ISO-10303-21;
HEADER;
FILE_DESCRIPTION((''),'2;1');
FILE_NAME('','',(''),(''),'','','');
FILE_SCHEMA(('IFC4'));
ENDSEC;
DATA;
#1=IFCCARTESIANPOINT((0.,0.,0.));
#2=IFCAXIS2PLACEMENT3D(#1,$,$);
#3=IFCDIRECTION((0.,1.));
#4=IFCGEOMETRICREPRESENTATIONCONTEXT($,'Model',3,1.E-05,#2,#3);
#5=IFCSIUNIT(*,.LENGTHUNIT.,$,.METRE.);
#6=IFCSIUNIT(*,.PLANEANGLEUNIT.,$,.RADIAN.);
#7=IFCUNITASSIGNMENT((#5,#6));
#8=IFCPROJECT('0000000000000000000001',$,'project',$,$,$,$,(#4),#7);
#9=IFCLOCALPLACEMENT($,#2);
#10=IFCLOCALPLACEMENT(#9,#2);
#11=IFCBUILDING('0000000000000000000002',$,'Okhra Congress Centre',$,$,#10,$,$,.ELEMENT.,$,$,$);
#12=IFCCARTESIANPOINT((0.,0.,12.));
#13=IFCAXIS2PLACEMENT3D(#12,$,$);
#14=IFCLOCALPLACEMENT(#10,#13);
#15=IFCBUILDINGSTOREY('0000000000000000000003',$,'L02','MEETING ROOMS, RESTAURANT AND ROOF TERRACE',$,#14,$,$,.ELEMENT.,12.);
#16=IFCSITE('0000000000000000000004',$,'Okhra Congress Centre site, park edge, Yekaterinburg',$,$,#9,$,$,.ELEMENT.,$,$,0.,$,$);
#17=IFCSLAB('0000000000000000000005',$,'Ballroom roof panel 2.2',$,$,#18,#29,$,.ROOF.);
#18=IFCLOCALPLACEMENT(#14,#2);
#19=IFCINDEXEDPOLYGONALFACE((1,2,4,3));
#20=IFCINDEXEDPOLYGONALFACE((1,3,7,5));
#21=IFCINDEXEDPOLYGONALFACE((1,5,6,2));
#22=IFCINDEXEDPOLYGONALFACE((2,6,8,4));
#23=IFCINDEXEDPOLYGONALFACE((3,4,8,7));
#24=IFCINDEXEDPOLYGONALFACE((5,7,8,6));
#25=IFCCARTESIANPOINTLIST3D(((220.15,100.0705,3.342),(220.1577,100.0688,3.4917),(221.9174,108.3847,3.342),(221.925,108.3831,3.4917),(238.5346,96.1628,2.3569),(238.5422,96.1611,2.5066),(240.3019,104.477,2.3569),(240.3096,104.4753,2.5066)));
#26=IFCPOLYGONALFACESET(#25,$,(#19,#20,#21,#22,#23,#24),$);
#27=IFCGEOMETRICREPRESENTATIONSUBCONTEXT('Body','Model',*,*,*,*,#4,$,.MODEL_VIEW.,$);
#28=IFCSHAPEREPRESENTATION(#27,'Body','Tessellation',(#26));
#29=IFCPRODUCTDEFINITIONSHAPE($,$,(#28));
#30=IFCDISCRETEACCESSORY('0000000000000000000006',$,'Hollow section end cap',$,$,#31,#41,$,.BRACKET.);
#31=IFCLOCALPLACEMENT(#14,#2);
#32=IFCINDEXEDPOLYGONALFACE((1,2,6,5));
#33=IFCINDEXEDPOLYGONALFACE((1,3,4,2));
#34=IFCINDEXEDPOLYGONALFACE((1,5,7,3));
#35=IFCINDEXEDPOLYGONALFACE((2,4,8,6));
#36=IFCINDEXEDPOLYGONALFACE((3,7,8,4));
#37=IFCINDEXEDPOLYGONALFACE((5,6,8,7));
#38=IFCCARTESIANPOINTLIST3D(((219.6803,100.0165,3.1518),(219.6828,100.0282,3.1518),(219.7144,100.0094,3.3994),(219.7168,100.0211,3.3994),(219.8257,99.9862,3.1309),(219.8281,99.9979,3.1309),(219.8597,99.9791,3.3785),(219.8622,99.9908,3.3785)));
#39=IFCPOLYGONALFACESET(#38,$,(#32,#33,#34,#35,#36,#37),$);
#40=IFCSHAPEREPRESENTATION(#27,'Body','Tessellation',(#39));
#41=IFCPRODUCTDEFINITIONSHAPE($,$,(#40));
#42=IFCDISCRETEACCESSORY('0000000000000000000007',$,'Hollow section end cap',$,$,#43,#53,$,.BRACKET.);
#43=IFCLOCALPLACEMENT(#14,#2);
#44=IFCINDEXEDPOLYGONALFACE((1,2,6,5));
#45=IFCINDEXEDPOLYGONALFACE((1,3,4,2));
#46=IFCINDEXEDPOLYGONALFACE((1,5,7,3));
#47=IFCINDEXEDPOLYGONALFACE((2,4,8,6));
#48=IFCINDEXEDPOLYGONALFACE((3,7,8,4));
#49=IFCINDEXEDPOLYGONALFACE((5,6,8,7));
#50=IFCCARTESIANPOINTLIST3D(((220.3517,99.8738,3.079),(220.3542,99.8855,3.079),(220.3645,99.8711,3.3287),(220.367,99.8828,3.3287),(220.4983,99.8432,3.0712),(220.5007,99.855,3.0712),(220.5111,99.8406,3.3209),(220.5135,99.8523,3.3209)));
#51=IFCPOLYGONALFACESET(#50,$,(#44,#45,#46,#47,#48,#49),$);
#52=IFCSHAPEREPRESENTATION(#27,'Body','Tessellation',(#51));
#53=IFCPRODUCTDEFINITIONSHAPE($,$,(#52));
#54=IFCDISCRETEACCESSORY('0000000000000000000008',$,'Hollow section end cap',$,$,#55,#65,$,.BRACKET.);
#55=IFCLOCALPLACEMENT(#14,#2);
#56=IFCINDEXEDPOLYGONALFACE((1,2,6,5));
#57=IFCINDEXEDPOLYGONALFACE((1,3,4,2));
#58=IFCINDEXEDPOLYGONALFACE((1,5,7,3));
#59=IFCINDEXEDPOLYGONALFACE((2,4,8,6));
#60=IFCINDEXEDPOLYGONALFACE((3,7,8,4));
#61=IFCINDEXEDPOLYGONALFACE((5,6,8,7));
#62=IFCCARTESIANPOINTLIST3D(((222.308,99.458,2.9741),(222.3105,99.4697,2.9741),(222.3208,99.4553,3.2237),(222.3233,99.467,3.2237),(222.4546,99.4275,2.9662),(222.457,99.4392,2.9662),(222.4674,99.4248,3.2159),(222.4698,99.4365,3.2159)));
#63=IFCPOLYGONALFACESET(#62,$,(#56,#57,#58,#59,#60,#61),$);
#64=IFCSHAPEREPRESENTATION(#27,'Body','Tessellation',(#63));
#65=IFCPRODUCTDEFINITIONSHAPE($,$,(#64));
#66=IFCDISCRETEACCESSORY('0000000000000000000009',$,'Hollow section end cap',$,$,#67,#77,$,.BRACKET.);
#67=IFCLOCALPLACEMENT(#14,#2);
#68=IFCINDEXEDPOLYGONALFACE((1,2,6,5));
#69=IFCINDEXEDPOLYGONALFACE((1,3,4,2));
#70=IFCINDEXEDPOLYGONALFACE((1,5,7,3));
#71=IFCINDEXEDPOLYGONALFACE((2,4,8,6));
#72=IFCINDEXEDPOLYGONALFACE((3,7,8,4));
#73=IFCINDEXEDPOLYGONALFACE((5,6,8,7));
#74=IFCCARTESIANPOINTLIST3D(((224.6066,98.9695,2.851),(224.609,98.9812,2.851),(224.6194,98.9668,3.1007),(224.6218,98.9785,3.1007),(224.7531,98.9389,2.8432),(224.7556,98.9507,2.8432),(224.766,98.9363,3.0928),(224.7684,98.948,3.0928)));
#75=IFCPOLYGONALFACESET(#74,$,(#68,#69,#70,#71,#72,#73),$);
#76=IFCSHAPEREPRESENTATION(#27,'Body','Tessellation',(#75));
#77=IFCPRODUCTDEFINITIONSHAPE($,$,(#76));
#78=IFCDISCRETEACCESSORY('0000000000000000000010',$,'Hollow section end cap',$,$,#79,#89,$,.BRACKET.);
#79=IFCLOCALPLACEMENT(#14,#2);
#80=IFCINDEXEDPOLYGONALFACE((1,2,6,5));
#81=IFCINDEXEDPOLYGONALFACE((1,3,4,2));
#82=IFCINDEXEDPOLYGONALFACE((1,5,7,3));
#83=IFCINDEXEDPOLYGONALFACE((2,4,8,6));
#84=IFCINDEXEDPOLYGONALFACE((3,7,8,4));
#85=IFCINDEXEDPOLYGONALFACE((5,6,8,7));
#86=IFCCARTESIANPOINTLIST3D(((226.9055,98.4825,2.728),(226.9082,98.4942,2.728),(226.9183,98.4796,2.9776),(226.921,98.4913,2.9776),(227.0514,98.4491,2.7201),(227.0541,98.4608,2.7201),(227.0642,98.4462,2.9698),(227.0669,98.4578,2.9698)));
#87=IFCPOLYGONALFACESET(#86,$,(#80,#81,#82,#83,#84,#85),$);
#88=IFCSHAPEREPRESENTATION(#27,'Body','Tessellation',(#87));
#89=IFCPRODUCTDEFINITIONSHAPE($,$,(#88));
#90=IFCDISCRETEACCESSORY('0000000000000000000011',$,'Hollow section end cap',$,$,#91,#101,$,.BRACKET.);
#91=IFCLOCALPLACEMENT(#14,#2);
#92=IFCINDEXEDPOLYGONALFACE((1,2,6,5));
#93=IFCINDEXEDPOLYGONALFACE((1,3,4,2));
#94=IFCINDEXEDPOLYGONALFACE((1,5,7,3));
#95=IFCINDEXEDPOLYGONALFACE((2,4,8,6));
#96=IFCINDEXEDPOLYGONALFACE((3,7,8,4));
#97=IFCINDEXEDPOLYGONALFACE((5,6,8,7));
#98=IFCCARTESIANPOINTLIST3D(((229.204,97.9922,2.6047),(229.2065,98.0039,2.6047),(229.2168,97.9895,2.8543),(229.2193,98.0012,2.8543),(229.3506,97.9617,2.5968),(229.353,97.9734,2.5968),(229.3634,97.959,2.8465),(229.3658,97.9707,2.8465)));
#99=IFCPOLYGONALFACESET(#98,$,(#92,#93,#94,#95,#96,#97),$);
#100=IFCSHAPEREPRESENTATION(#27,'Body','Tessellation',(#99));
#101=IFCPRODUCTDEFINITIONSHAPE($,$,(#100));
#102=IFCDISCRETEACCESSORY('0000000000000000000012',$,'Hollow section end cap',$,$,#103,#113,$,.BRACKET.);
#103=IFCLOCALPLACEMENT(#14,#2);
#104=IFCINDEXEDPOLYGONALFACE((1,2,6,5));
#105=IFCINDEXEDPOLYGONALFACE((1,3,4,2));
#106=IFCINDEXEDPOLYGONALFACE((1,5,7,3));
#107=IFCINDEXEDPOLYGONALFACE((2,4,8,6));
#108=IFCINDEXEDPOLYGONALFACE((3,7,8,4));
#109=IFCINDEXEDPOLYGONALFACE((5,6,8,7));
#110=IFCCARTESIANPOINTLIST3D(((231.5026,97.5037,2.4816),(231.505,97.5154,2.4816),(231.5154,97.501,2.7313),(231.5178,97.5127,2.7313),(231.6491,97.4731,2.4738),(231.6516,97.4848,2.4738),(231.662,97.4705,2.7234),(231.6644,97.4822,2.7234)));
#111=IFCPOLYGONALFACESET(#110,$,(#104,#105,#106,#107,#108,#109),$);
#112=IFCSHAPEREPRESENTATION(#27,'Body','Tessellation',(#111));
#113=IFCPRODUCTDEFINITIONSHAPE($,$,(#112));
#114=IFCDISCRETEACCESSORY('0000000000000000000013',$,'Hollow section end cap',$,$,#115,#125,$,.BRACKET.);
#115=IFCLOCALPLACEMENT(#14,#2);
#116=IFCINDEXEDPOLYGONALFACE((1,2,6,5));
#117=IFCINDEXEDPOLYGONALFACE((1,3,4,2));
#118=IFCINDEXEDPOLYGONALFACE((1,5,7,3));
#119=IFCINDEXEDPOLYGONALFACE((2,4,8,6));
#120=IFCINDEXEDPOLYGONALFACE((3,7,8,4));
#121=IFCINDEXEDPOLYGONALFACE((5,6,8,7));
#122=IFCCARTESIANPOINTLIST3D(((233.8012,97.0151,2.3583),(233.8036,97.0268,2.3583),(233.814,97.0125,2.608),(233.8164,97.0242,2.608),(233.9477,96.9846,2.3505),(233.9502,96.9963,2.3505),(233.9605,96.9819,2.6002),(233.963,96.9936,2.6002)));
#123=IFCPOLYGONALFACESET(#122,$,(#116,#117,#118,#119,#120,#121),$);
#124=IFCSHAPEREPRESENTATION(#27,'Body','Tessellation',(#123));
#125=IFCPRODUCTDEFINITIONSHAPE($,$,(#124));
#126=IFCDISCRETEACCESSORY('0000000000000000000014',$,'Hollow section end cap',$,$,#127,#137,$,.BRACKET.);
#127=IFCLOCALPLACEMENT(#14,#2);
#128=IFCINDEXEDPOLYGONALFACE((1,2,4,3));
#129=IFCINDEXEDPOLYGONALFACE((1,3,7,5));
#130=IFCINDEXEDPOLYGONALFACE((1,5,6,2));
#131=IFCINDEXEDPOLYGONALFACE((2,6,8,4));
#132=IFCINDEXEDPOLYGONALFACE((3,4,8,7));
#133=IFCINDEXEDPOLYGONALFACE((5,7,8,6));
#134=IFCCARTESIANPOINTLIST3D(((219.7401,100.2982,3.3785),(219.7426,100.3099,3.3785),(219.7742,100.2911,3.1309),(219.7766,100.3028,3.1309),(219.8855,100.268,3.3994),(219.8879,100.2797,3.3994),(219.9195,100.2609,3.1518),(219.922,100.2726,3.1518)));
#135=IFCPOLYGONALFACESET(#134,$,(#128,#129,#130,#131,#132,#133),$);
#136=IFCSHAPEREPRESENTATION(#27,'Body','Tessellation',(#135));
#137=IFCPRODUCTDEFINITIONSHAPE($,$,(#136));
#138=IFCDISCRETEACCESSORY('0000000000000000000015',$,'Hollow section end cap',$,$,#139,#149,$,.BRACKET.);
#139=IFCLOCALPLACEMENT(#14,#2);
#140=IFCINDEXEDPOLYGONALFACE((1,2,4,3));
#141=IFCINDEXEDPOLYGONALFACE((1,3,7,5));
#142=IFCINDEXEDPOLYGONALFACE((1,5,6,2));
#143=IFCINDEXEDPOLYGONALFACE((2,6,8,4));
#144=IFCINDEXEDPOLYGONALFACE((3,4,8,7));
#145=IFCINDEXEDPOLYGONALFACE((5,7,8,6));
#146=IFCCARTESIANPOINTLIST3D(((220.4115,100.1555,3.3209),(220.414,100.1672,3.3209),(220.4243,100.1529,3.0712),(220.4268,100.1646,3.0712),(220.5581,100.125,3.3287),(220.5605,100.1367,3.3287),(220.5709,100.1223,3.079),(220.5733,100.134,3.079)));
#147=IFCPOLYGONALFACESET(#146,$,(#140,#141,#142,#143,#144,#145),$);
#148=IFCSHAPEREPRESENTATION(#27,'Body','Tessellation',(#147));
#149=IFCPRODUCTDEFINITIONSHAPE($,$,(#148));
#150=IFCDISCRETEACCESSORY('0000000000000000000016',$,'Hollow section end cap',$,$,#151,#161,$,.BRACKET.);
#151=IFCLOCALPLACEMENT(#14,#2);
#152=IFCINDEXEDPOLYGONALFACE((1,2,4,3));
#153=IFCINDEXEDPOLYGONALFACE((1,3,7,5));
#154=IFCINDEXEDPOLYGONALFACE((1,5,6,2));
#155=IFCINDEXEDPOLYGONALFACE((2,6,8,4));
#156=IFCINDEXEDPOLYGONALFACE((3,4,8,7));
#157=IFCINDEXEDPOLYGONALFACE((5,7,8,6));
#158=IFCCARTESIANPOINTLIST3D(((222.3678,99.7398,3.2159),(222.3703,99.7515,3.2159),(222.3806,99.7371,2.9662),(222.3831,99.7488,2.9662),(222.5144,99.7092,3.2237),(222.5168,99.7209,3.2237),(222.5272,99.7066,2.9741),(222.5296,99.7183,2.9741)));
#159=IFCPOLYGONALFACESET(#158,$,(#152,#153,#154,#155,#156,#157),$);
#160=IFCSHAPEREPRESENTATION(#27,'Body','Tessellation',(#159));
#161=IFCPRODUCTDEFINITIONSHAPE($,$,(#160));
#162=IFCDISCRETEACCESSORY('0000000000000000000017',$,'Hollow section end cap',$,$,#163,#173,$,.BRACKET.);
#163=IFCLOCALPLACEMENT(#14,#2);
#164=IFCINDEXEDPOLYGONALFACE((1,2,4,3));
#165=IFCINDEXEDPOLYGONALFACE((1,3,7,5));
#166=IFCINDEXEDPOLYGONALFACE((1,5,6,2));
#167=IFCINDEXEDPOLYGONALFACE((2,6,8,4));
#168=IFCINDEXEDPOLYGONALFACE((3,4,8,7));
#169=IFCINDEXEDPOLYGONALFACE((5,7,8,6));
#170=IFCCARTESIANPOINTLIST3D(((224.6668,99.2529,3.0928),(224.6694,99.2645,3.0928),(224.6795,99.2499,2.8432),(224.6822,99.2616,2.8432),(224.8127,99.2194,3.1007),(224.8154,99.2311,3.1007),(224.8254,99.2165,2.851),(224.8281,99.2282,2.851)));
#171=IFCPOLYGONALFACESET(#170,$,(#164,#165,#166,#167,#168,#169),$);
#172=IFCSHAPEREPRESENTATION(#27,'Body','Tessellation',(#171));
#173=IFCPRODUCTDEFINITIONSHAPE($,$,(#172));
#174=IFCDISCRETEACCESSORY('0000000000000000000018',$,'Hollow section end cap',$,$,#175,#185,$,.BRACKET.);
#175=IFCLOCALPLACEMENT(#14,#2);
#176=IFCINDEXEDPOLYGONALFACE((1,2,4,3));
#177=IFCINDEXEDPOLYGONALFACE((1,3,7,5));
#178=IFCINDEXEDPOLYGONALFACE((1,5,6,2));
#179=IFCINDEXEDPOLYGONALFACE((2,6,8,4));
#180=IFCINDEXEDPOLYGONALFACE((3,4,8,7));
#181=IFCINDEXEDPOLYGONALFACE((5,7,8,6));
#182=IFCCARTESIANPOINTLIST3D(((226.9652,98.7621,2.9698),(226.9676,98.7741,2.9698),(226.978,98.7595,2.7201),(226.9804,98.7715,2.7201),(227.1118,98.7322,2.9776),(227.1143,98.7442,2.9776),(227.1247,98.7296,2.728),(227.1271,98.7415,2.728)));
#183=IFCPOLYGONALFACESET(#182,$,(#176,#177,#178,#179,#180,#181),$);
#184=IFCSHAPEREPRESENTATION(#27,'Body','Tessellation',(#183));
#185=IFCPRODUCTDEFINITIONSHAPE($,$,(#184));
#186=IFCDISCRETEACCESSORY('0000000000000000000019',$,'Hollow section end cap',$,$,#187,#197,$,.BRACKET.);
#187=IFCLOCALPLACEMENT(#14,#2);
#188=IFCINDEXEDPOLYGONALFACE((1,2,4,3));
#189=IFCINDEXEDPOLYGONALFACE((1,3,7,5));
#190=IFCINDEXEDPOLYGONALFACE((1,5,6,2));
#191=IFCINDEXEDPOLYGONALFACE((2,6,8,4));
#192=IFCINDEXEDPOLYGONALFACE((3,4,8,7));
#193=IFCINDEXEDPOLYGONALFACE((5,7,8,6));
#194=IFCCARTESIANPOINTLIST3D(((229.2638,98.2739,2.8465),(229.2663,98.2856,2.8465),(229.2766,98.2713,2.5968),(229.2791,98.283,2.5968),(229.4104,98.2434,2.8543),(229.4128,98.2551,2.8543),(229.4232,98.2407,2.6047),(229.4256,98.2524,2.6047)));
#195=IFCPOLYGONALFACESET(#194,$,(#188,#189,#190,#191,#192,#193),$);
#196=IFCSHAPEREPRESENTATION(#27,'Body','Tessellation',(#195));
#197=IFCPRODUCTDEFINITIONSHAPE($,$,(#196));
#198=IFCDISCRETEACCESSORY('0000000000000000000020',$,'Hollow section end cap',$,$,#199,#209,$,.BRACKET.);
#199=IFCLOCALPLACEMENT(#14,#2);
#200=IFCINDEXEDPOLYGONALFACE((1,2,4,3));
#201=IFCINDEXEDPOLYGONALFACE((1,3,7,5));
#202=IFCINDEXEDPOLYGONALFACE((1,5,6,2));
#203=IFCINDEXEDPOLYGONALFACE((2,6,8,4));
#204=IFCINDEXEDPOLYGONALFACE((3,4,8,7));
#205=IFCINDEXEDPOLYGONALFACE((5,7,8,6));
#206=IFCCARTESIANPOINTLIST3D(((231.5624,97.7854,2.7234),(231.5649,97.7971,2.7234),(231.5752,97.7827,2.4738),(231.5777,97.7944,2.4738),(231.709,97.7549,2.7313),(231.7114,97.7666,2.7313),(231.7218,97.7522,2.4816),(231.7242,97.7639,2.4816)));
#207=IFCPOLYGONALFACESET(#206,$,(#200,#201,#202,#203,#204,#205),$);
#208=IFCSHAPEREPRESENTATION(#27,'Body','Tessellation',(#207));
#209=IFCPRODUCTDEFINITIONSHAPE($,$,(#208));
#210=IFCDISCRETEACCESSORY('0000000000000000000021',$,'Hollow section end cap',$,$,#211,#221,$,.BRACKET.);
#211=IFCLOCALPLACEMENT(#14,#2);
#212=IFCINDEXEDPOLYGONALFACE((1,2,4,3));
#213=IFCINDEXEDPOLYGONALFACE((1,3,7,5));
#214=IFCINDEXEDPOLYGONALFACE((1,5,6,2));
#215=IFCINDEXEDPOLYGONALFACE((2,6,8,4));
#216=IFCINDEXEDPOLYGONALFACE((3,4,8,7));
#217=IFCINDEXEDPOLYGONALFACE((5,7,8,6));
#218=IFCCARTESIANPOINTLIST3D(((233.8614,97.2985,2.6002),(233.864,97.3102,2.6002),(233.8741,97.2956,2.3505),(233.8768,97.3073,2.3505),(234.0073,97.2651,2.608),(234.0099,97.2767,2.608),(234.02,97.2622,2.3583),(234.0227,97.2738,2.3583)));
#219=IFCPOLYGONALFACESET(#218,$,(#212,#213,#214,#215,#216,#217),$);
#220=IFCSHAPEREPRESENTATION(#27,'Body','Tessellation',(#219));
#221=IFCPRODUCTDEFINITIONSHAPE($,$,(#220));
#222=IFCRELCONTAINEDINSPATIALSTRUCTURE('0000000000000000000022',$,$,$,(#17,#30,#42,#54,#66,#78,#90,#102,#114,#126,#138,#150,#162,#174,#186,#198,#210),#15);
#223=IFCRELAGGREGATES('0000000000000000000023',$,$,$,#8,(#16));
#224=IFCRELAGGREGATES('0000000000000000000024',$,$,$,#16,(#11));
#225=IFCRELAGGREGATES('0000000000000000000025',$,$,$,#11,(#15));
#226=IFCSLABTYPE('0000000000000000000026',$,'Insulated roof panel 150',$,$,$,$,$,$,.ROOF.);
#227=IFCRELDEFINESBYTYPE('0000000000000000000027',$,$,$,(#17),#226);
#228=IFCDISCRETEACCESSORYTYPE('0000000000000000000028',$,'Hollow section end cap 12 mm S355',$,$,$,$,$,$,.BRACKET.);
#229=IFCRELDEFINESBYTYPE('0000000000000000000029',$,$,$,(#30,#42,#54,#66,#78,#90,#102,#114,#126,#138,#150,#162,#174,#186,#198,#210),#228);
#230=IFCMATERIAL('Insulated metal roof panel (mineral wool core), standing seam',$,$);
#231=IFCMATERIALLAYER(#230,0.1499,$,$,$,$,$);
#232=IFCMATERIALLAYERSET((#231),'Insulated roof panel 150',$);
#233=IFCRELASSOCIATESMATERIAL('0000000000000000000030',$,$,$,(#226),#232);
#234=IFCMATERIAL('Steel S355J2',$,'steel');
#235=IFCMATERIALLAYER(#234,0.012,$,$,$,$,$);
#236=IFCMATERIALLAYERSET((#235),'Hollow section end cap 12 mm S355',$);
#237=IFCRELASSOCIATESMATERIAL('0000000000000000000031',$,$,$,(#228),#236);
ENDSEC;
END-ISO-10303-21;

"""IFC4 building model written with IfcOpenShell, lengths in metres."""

from ifc_helpers import new_model, si_unit, direction, frame, origin, origin_2d, place, context, subcontext, project, spatial, polyline, rectangle, outline, extrude, material, layer, layer_set, type_object, element, save


model = new_model("IFC4")

# Units and contexts
model_context = context("Model", 3, precision=1e-05, world=origin(), true_north=direction((0.0, 1.0)))
body_context = subcontext(model_context, "Body", "Model", "MODEL_VIEW")
ifc_project = project(units=[si_unit("LENGTHUNIT", "METRE"), si_unit("PLANEANGLEUNIT", "RADIAN")], contexts=[model_context])

# Site, building, storey
site_placement = place(None, origin())
site = spatial("IfcSite", under=ifc_project, at=site_placement, Name="Okhra Congress Centre site, park edge, Yekaterinburg", CompositionType="ELEMENT", RefElevation=0.0)
building_placement = place(site_placement, origin())
building = spatial("IfcBuilding", under=site, at=building_placement, Name="Okhra Congress Centre", CompositionType="ELEMENT")
storey_placement = place(building_placement, frame((0.0, 0.0, 12.0)))
storey = spatial("IfcBuildingStorey", under=building, at=storey_placement, Name="L02", Description="MEETING ROOMS, RESTAURANT AND ROOF TERRACE", CompositionType="ELEMENT", Elevation=12.0)

# Shared definitions
ifc_material_1 = material(Name="Steel S355J2", Category="steel")

# Slab
ifc_material_2 = material(Name="Insulated metal roof panel (mineral wool core), standing seam")
ifc_layer_1 = layer(ifc_material_2, 0.1499)
ifc_layer_set_1 = layer_set([ifc_layer_1], Name="Insulated roof panel 150")
slab_type = type_object("IfcSlabType", Name="Insulated roof panel 150", PredefinedType="ROOF", material=ifc_layer_set_1)
slab_placement = place(storey_placement, frame((220.1577, 100.0688, 3.4917), z_axis=(0.051197, -0.010883, 0.998629), x_axis=(0.976807, -0.207625, -0.052341)))
element("IfcSlab", 1, at=slab_placement, inside=storey, type_object=slab_type, Name="Ballroom roof panel 2.2", PredefinedType="ROOF", context=body_context, shape_type="SweptSolid", body=[
    extrude(outline(polyline([(0.0, 0.0), (18.821, 0.0), (18.8211, 8.5), (0.0001, 8.5), (0.0, 0.0)])), origin(), (0.0, 0.0, -1.0), 0.1499),
])

# Discrete accessories
ifc_layer_2 = layer(ifc_material_1, 0.012)
ifc_layer_set_2 = layer_set([ifc_layer_2], Name="Hollow section end cap 12 mm S355")
discrete_accessory_type = type_object("IfcDiscreteAccessoryType", Name="Hollow section end cap 12 mm S355", PredefinedType="BRACKET", material=ifc_layer_set_2)
for number, where, z_axis, x_axis, name in (
    (2, (219.77, 99.9978, 3.2651), (0.203954, 0.97898, 0.0), (-0.969453, 0.201969, 0.139173), "Hollow section end cap"),
    (3, (220.4314, 99.8572, 3.2), (0.203954, 0.97898, 0.0), (-0.977639, 0.203675, 0.052336), "Hollow section end cap"),
    (4, (222.3877, 99.4414, 3.095), (0.203954, 0.97898, 0.0), (-0.977639, 0.203675, 0.052336), "Hollow section end cap"),
    (5, (224.6863, 98.9529, 2.9719), (0.203954, 0.97898, 0.0), (-0.977639, 0.203675, 0.052336), "Hollow section end cap"),
    (6, (226.9849, 98.4644, 2.8489), (0.223376, 0.974732, 0.0), (-0.973396, 0.22307, 0.052336), "Hollow section end cap"),
    (7, (229.2837, 97.9756, 2.7256), (0.203954, 0.97898, 0.0), (-0.977639, 0.203675, 0.052336), "Hollow section end cap"),
    (8, (231.5823, 97.4871, 2.6025), (0.203954, 0.97898, 0.0), (-0.977639, 0.203675, 0.052336), "Hollow section end cap"),
    (9, (233.8809, 96.9985, 2.4792), (0.203954, 0.97898, 0.0), (-0.977639, 0.203675, 0.052336), "Hollow section end cap"),
    (10, (219.8323, 100.2913, 3.2651), (-0.203954, -0.97898, 0.0), (0.969453, -0.201969, 0.139173), "Hollow section end cap"),
    (11, (220.4937, 100.1506, 3.2), (-0.203954, -0.97898, 0.0), (0.977639, -0.203675, 0.052336), "Hollow section end cap"),
    (12, (222.45, 99.7349, 3.095), (-0.203954, -0.97898, 0.0), (0.977639, -0.203675, 0.052336), "Hollow section end cap"),
    (13, (224.7488, 99.2463, 2.9719), (-0.223376, -0.974732, 0.0), (0.973396, -0.22307, 0.052336), "Hollow section end cap"),
):
    element("IfcDiscreteAccessory", number, at=place(storey_placement, frame(where, z_axis=z_axis, x_axis=x_axis)), inside=storey, type_object=discrete_accessory_type, Name=name, PredefinedType="BRACKET", context=body_context, shape_type="SweptSolid", body=[
        extrude(rectangle(XDim=0.1499, YDim=0.25, at=origin_2d()), origin(), (0.0, 0.0, 1.0), 0.012),
    ])
discrete_accessory_placement = place(storey_placement, frame((227.0474, 98.7578, 2.8489), z_axis=(-0.19996, -0.979804, 0.0), x_axis=(0.978461, -0.199686, 0.052336)))
element("IfcDiscreteAccessory", 14, at=discrete_accessory_placement, inside=storey, type_object=discrete_accessory_type, Name="Hollow section end cap", PredefinedType="BRACKET", context=body_context, shape_type="SweptSolid", body=[
    extrude(rectangle(XDim=0.1499, YDim=0.25, at=origin_2d()), origin(), (0.0, 0.0, 1.0), 0.0122),
])
for number, where, z_axis, x_axis, name in (
    (15, (229.3459, 98.269, 2.7256), (-0.203954, -0.97898, 0.0), (0.977639, -0.203675, 0.052336), "Hollow section end cap"),
    (16, (231.6445, 97.7805, 2.6025), (-0.203954, -0.97898, 0.0), (0.977639, -0.203675, 0.052336), "Hollow section end cap"),
    (17, (233.9434, 97.292, 2.4792), (-0.223376, -0.974732, 0.0), (0.973396, -0.22307, 0.052336), "Hollow section end cap"),
):
    element("IfcDiscreteAccessory", number, at=place(storey_placement, frame(where, z_axis=z_axis, x_axis=x_axis)), inside=storey, type_object=discrete_accessory_type, Name=name, PredefinedType="BRACKET", context=body_context, shape_type="SweptSolid", body=[
        extrude(rectangle(XDim=0.1499, YDim=0.25, at=origin_2d()), origin(), (0.0, 0.0, 1.0), 0.012),
    ])

save(model, "model.ifc")
